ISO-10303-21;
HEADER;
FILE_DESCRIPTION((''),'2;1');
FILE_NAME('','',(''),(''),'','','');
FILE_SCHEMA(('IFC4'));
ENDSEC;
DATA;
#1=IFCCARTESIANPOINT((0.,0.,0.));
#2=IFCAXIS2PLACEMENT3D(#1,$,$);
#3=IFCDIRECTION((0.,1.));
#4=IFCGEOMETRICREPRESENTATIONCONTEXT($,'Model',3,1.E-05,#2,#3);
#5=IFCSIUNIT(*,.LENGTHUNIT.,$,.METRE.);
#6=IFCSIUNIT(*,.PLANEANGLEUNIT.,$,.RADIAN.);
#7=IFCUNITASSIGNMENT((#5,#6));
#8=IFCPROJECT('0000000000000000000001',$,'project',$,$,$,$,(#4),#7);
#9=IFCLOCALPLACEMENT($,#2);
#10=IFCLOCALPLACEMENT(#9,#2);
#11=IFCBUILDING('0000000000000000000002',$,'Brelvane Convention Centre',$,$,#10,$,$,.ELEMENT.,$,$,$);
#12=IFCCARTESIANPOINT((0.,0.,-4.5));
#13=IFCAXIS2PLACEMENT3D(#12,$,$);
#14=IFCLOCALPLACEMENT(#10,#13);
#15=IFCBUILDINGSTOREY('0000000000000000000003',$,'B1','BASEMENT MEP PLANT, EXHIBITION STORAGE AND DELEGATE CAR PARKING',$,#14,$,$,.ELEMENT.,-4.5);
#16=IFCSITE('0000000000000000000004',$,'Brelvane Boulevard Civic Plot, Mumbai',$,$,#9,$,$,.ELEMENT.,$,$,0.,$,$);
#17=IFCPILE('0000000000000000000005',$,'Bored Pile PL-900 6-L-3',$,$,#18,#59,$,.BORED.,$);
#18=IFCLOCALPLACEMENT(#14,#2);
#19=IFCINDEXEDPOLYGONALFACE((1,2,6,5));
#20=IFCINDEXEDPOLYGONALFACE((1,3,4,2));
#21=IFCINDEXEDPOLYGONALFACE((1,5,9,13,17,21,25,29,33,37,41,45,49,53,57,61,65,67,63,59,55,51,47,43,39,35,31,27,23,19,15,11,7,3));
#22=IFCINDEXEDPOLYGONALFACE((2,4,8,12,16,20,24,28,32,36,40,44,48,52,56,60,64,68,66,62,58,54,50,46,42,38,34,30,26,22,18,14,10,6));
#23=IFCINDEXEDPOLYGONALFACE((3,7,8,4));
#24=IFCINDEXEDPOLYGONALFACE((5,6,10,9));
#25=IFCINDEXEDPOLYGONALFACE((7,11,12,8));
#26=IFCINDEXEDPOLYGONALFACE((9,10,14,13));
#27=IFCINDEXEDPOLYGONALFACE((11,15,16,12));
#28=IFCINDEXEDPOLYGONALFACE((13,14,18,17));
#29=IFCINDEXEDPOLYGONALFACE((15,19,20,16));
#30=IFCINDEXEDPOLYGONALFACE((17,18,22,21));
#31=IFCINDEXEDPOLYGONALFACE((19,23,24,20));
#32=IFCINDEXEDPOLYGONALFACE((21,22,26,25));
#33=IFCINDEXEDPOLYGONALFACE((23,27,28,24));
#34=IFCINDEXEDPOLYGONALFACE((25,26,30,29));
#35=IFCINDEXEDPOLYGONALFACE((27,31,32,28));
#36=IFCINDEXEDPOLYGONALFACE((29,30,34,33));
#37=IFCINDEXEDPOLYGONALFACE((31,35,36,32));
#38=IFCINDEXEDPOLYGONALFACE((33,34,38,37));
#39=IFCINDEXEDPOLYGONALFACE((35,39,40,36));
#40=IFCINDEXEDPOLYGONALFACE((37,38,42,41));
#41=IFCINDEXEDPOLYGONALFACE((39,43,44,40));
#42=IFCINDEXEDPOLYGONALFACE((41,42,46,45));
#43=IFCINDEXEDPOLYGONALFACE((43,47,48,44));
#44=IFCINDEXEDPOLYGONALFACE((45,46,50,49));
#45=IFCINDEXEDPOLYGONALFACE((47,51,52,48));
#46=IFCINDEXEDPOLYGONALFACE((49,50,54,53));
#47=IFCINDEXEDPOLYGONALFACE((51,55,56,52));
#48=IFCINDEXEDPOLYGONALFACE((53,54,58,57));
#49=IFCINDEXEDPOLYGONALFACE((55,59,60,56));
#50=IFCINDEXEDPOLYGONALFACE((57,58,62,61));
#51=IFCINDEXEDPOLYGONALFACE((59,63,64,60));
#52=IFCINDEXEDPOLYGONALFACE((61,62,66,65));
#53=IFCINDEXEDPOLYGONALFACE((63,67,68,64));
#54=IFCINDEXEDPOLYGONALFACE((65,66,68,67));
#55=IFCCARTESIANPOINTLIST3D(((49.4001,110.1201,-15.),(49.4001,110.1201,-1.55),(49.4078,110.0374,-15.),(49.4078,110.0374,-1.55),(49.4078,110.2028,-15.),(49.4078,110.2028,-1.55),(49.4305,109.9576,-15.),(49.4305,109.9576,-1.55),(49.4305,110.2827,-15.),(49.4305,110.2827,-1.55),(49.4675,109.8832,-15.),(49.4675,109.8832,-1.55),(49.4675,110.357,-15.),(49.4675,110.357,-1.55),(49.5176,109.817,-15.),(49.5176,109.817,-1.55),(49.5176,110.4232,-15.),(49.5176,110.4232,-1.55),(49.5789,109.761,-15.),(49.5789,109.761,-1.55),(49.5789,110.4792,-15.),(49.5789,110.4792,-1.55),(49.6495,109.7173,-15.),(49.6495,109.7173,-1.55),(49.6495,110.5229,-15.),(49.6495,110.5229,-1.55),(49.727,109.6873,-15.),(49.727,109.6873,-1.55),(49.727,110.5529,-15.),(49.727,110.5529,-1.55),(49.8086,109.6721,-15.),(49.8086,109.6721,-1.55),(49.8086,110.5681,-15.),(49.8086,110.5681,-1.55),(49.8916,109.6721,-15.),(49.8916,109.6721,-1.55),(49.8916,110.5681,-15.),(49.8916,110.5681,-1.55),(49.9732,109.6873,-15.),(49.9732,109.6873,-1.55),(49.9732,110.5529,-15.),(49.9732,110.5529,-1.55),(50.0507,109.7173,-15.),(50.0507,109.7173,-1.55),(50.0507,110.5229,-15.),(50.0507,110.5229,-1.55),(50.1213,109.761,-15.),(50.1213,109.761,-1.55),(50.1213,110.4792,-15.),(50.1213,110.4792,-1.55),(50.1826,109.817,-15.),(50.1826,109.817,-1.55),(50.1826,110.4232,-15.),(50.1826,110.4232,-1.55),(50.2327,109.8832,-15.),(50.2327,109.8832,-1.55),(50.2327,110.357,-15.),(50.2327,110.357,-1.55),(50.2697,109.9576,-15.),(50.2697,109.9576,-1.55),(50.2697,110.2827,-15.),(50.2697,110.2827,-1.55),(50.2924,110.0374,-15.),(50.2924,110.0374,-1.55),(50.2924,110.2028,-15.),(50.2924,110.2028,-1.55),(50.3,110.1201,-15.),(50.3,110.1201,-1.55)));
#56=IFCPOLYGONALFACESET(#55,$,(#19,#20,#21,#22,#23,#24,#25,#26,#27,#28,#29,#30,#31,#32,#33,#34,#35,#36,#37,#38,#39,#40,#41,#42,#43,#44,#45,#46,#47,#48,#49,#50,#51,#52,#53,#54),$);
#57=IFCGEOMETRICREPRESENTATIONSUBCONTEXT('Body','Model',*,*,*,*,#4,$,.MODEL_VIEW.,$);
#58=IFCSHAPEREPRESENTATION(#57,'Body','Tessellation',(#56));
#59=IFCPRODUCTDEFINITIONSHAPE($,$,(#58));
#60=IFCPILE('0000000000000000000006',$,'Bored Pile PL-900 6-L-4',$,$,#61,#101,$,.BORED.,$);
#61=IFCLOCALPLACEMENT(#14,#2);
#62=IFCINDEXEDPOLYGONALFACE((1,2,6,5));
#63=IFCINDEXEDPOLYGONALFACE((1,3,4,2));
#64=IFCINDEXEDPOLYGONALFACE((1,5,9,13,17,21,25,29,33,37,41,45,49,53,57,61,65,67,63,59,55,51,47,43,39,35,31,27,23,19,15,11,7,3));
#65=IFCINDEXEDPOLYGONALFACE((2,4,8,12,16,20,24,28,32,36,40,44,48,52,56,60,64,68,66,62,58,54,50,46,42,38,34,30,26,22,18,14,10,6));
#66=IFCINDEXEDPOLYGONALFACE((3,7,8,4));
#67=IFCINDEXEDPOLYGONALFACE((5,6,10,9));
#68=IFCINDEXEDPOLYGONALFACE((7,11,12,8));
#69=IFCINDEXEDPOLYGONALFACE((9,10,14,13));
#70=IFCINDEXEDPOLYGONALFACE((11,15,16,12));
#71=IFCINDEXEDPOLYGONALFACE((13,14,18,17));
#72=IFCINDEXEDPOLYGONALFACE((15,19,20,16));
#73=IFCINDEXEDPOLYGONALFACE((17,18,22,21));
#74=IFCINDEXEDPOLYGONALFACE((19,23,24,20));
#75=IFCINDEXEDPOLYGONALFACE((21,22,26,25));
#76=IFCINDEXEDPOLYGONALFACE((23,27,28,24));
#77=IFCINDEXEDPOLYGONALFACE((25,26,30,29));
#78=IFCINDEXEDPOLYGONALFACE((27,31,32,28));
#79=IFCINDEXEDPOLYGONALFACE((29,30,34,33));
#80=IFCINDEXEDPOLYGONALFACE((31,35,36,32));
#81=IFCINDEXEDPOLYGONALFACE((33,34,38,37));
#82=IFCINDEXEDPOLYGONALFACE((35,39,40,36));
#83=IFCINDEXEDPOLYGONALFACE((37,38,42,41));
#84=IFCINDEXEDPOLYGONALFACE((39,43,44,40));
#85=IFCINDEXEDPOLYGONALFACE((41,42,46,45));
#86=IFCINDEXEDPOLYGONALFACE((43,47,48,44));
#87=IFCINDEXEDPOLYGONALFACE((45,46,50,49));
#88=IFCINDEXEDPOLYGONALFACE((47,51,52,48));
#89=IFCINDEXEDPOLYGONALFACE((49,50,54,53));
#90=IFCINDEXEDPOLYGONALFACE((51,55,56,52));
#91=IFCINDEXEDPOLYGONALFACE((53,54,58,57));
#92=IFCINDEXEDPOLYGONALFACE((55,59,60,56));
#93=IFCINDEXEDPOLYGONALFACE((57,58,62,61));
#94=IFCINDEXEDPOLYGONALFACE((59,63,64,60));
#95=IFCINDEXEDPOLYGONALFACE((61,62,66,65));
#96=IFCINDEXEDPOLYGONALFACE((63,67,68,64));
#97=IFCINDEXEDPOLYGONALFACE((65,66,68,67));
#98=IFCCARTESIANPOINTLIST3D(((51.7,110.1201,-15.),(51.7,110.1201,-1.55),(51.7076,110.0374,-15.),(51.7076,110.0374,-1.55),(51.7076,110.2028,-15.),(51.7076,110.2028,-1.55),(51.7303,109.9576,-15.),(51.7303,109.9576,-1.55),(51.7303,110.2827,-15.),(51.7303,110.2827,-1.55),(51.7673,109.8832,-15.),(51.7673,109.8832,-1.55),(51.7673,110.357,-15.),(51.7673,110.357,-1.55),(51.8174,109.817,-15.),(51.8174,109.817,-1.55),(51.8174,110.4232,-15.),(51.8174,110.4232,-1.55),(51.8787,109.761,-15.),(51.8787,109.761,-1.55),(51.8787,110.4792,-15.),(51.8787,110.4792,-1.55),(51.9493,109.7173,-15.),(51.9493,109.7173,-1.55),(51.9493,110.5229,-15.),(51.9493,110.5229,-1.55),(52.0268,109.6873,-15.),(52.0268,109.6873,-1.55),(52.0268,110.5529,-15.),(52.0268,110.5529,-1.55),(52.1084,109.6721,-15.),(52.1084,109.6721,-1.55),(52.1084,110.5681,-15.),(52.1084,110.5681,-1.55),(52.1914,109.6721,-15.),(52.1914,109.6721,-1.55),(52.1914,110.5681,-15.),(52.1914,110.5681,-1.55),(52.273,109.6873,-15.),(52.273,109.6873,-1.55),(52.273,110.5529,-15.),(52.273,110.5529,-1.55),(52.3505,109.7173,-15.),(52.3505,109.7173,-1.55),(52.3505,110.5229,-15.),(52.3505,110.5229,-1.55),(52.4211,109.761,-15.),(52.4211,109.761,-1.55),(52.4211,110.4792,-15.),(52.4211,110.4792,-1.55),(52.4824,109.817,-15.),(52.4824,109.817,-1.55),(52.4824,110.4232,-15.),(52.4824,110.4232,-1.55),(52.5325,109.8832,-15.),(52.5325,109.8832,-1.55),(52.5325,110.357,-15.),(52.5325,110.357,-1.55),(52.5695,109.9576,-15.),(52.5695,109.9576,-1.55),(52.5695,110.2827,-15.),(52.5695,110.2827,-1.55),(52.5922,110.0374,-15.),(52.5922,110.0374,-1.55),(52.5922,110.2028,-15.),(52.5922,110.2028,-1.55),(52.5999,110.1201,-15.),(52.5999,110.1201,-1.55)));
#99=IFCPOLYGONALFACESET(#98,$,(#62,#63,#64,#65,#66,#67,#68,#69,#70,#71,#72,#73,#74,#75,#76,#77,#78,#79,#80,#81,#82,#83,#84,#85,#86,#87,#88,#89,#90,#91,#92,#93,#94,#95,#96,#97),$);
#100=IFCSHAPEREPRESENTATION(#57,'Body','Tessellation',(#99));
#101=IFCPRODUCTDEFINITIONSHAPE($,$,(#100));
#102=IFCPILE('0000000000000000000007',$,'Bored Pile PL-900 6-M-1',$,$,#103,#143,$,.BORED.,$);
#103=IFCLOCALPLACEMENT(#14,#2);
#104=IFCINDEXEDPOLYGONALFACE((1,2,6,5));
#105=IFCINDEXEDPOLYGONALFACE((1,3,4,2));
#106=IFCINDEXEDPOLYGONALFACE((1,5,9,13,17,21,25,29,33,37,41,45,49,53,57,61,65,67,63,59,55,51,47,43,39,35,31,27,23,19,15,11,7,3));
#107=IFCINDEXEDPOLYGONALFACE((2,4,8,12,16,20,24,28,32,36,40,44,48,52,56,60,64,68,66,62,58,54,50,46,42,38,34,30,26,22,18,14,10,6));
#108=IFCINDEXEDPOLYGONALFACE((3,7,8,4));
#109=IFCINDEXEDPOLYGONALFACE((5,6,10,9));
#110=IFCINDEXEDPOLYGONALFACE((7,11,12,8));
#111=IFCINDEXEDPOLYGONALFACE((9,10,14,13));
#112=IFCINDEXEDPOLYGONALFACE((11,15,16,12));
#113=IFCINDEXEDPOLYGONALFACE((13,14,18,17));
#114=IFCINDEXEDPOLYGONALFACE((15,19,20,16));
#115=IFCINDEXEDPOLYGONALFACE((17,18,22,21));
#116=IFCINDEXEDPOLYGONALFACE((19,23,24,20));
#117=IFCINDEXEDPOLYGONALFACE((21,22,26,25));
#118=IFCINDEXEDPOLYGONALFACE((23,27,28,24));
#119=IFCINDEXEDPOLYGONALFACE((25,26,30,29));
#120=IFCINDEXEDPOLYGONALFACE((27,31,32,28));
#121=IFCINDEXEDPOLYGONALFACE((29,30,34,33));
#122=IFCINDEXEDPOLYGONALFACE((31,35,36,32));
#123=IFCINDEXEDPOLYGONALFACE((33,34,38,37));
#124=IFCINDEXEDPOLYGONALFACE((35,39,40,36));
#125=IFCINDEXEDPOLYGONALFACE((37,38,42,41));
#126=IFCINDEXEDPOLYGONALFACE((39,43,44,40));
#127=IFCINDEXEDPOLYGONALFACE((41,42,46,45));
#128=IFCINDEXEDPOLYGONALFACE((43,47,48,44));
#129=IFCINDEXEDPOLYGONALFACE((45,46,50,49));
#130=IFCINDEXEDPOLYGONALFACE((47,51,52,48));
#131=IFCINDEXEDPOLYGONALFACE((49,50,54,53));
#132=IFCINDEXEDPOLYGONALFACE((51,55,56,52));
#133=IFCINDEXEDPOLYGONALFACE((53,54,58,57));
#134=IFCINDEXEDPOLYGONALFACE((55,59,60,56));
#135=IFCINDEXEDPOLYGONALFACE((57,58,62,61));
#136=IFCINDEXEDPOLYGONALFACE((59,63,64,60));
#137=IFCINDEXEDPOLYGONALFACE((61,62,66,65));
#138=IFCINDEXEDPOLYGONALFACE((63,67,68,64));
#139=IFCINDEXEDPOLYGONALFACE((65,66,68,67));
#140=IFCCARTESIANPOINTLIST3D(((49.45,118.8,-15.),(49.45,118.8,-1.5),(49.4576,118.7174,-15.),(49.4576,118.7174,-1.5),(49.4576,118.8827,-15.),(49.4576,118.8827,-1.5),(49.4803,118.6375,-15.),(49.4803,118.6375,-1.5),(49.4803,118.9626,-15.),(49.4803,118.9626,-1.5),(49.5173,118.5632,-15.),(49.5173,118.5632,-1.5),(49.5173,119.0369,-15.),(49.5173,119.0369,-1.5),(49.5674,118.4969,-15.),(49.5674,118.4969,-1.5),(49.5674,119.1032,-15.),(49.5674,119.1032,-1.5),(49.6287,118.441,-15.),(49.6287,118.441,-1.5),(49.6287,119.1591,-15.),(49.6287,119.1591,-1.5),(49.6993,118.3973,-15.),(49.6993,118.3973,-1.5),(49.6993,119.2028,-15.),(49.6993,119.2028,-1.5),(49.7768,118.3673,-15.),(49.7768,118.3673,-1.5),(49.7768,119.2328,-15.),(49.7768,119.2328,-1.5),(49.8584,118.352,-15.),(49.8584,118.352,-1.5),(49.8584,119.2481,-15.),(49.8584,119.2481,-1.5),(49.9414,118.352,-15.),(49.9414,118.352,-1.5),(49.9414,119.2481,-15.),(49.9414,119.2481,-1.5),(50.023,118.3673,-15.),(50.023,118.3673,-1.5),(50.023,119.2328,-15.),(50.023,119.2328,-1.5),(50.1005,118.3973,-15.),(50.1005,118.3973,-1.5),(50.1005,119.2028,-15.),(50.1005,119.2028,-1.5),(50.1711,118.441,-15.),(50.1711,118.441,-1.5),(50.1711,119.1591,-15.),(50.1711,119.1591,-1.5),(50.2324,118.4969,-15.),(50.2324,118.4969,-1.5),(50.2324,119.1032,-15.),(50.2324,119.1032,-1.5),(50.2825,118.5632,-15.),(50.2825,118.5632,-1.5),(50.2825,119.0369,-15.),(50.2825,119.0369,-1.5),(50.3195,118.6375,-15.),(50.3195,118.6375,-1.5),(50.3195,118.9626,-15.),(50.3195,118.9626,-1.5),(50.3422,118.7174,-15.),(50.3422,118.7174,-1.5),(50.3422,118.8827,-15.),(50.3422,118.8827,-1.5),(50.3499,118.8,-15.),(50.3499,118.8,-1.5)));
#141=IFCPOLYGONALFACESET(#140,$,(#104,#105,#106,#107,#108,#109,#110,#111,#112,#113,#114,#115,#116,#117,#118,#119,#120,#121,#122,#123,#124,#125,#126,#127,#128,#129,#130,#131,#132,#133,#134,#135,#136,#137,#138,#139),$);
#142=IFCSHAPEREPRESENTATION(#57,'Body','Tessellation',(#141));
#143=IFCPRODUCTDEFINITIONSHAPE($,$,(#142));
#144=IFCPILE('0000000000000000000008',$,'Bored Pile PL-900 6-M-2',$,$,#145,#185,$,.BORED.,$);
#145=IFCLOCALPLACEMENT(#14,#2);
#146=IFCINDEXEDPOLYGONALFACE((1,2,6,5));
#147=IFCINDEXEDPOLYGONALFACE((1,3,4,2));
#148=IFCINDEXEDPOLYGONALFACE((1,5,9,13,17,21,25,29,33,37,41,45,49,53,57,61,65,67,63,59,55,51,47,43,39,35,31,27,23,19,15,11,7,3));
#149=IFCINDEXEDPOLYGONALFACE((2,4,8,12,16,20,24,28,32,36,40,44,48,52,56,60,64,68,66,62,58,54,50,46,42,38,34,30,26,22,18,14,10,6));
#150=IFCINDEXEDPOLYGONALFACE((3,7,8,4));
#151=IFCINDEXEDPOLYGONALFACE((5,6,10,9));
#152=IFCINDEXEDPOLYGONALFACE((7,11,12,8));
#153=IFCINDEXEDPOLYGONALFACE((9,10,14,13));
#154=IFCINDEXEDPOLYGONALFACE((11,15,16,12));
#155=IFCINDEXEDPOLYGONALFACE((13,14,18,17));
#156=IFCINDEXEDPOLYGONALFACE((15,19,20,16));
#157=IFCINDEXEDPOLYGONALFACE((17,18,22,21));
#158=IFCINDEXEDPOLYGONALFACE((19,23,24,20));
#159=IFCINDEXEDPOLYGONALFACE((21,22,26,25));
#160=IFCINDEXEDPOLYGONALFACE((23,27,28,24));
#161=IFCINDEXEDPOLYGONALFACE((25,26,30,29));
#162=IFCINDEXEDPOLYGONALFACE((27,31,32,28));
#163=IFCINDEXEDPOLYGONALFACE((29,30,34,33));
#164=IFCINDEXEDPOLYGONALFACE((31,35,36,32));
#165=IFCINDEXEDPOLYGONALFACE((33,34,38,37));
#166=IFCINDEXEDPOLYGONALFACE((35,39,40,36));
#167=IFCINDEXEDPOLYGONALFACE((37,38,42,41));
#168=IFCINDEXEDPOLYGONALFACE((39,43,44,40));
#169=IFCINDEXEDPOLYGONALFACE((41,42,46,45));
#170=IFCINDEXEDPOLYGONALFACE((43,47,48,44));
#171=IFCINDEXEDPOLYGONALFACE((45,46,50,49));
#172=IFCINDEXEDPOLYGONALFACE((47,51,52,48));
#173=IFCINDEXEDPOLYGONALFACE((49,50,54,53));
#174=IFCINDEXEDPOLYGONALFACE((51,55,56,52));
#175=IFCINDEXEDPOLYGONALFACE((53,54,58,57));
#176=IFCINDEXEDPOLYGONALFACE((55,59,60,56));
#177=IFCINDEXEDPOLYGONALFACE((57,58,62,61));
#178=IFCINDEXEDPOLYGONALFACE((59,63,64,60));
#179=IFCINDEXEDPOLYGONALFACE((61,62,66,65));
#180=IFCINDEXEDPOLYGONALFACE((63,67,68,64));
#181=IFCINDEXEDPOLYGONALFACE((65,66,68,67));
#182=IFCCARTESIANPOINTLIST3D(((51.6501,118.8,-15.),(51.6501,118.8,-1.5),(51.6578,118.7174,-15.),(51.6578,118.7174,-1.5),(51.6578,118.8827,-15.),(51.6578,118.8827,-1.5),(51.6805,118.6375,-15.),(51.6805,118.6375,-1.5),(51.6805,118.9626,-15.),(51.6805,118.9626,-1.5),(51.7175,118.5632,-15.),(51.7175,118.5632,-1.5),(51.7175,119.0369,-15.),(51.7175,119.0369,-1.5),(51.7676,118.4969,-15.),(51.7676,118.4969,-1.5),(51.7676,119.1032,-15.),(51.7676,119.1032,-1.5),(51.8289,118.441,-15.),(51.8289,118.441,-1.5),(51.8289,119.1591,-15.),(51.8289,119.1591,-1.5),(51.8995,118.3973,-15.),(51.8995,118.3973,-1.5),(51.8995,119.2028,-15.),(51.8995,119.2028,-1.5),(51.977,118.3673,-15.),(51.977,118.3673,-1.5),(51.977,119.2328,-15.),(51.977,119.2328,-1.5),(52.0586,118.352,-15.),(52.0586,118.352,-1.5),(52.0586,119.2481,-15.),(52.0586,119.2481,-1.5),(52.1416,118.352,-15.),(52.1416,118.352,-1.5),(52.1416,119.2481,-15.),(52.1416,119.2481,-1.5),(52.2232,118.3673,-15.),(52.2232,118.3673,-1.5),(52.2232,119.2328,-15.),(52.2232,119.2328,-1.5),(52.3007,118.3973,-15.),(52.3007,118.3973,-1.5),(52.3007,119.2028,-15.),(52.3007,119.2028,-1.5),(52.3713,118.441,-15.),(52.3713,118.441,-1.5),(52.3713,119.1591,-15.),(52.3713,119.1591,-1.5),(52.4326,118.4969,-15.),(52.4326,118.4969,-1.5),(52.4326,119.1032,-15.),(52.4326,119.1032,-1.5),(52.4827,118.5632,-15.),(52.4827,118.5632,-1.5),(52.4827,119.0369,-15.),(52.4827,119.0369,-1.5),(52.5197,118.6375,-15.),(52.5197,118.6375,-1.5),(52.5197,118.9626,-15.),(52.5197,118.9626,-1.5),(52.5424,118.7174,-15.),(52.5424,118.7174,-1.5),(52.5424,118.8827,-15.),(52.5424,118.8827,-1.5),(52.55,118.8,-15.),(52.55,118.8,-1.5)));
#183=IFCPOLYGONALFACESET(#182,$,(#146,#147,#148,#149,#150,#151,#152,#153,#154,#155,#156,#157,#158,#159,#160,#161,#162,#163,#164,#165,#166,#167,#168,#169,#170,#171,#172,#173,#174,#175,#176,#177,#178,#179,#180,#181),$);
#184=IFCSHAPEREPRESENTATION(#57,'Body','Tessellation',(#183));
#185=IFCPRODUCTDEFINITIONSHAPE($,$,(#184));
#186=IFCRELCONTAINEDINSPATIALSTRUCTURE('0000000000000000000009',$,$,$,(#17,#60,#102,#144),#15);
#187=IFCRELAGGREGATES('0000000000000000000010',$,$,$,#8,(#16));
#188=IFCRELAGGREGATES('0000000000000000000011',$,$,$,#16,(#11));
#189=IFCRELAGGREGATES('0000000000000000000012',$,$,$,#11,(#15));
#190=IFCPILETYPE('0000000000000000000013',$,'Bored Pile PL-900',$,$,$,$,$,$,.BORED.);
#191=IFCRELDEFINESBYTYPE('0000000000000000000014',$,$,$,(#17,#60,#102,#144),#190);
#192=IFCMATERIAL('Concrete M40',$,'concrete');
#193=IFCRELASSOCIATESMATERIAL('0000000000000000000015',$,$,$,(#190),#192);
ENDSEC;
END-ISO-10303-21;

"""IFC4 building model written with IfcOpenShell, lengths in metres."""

from ifc_helpers import new_model, si_unit, direction, frame, origin, origin_2d, place, context, subcontext, project, spatial, circle, extrude, material, material_profile, profile_set, type_object, element, save


model = new_model("IFC4")

# Units and contexts
model_context = context("Model", 3, precision=1e-05, world=origin(), true_north=direction((0.0, 1.0)))
body_context = subcontext(model_context, "Body", "Model", "MODEL_VIEW")
ifc_project = project(units=[si_unit("LENGTHUNIT", "METRE"), si_unit("PLANEANGLEUNIT", "RADIAN")], contexts=[model_context])

# Site, building, storey
site_placement = place(None, origin())
site = spatial("IfcSite", under=ifc_project, at=site_placement, Name="Brelvane Boulevard Civic Plot, Mumbai", CompositionType="ELEMENT", RefElevation=0.0)
building_placement = place(site_placement, origin())
building = spatial("IfcBuilding", under=site, at=building_placement, Name="Brelvane Convention Centre", CompositionType="ELEMENT")
storey_placement = place(building_placement, frame((0.0, 0.0, -4.5)))
storey = spatial("IfcBuildingStorey", under=building, at=storey_placement, Name="B1", Description="BASEMENT MEP PLANT, EXHIBITION STORAGE AND DELEGATE CAR PARKING", CompositionType="ELEMENT", Elevation=-4.5)

# Piles
ifc_material_1 = material(Name="Concrete M40", Category="concrete")
ifc_material_profile_1 = material_profile(ifc_material_1, circle(Radius=0.45, at=origin_2d()), Name="PILE D900")
ifc_profile_set_1 = profile_set([ifc_material_profile_1], Name="Concrete M40")
pile_type = type_object("IfcPileType", Name="Bored Pile PL-900", PredefinedType="BORED", material=ifc_profile_set_1)
for number, where, z_axis, x_axis, name in (
    (1, (49.8501, 110.1201, -1.55), (0.0, 0.0, -1.0), (1.0, 0.0, 0.0), "Bored Pile PL-900 6-L-3"),
    (2, (52.1499, 110.1201, -1.55), (0.0, 0.0, -1.0), (1.0, 0.0, 0.0), "Bored Pile PL-900 6-L-4"),
):
    element("IfcPile", number, at=place(storey_placement, frame(where, z_axis=z_axis, x_axis=x_axis)), inside=storey, type_object=pile_type, Name=name, PredefinedType="BORED", context=body_context, shape_type="SweptSolid", body=[
        extrude(circle(Radius=0.45, at=origin_2d()), origin(), (0.0, 0.0, 1.0), 13.45),
    ])
for number, where, z_axis, x_axis, name in (
    (3, (49.8999, 118.8, -1.5), (0.0, 0.0, -1.0), (1.0, 0.0, 0.0), "Bored Pile PL-900 6-M-1"),
    (4, (52.1001, 118.8, -1.5), (0.0, 0.0, -1.0), (1.0, 0.0, 0.0), "Bored Pile PL-900 6-M-2"),
):
    element("IfcPile", number, at=place(storey_placement, frame(where, z_axis=z_axis, x_axis=x_axis)), inside=storey, type_object=pile_type, Name=name, PredefinedType="BORED", context=body_context, shape_type="SweptSolid", body=[
        extrude(circle(Radius=0.45, at=origin_2d()), origin(), (0.0, 0.0, 1.0), 13.5),
    ])

save(model, "model.ifc")
